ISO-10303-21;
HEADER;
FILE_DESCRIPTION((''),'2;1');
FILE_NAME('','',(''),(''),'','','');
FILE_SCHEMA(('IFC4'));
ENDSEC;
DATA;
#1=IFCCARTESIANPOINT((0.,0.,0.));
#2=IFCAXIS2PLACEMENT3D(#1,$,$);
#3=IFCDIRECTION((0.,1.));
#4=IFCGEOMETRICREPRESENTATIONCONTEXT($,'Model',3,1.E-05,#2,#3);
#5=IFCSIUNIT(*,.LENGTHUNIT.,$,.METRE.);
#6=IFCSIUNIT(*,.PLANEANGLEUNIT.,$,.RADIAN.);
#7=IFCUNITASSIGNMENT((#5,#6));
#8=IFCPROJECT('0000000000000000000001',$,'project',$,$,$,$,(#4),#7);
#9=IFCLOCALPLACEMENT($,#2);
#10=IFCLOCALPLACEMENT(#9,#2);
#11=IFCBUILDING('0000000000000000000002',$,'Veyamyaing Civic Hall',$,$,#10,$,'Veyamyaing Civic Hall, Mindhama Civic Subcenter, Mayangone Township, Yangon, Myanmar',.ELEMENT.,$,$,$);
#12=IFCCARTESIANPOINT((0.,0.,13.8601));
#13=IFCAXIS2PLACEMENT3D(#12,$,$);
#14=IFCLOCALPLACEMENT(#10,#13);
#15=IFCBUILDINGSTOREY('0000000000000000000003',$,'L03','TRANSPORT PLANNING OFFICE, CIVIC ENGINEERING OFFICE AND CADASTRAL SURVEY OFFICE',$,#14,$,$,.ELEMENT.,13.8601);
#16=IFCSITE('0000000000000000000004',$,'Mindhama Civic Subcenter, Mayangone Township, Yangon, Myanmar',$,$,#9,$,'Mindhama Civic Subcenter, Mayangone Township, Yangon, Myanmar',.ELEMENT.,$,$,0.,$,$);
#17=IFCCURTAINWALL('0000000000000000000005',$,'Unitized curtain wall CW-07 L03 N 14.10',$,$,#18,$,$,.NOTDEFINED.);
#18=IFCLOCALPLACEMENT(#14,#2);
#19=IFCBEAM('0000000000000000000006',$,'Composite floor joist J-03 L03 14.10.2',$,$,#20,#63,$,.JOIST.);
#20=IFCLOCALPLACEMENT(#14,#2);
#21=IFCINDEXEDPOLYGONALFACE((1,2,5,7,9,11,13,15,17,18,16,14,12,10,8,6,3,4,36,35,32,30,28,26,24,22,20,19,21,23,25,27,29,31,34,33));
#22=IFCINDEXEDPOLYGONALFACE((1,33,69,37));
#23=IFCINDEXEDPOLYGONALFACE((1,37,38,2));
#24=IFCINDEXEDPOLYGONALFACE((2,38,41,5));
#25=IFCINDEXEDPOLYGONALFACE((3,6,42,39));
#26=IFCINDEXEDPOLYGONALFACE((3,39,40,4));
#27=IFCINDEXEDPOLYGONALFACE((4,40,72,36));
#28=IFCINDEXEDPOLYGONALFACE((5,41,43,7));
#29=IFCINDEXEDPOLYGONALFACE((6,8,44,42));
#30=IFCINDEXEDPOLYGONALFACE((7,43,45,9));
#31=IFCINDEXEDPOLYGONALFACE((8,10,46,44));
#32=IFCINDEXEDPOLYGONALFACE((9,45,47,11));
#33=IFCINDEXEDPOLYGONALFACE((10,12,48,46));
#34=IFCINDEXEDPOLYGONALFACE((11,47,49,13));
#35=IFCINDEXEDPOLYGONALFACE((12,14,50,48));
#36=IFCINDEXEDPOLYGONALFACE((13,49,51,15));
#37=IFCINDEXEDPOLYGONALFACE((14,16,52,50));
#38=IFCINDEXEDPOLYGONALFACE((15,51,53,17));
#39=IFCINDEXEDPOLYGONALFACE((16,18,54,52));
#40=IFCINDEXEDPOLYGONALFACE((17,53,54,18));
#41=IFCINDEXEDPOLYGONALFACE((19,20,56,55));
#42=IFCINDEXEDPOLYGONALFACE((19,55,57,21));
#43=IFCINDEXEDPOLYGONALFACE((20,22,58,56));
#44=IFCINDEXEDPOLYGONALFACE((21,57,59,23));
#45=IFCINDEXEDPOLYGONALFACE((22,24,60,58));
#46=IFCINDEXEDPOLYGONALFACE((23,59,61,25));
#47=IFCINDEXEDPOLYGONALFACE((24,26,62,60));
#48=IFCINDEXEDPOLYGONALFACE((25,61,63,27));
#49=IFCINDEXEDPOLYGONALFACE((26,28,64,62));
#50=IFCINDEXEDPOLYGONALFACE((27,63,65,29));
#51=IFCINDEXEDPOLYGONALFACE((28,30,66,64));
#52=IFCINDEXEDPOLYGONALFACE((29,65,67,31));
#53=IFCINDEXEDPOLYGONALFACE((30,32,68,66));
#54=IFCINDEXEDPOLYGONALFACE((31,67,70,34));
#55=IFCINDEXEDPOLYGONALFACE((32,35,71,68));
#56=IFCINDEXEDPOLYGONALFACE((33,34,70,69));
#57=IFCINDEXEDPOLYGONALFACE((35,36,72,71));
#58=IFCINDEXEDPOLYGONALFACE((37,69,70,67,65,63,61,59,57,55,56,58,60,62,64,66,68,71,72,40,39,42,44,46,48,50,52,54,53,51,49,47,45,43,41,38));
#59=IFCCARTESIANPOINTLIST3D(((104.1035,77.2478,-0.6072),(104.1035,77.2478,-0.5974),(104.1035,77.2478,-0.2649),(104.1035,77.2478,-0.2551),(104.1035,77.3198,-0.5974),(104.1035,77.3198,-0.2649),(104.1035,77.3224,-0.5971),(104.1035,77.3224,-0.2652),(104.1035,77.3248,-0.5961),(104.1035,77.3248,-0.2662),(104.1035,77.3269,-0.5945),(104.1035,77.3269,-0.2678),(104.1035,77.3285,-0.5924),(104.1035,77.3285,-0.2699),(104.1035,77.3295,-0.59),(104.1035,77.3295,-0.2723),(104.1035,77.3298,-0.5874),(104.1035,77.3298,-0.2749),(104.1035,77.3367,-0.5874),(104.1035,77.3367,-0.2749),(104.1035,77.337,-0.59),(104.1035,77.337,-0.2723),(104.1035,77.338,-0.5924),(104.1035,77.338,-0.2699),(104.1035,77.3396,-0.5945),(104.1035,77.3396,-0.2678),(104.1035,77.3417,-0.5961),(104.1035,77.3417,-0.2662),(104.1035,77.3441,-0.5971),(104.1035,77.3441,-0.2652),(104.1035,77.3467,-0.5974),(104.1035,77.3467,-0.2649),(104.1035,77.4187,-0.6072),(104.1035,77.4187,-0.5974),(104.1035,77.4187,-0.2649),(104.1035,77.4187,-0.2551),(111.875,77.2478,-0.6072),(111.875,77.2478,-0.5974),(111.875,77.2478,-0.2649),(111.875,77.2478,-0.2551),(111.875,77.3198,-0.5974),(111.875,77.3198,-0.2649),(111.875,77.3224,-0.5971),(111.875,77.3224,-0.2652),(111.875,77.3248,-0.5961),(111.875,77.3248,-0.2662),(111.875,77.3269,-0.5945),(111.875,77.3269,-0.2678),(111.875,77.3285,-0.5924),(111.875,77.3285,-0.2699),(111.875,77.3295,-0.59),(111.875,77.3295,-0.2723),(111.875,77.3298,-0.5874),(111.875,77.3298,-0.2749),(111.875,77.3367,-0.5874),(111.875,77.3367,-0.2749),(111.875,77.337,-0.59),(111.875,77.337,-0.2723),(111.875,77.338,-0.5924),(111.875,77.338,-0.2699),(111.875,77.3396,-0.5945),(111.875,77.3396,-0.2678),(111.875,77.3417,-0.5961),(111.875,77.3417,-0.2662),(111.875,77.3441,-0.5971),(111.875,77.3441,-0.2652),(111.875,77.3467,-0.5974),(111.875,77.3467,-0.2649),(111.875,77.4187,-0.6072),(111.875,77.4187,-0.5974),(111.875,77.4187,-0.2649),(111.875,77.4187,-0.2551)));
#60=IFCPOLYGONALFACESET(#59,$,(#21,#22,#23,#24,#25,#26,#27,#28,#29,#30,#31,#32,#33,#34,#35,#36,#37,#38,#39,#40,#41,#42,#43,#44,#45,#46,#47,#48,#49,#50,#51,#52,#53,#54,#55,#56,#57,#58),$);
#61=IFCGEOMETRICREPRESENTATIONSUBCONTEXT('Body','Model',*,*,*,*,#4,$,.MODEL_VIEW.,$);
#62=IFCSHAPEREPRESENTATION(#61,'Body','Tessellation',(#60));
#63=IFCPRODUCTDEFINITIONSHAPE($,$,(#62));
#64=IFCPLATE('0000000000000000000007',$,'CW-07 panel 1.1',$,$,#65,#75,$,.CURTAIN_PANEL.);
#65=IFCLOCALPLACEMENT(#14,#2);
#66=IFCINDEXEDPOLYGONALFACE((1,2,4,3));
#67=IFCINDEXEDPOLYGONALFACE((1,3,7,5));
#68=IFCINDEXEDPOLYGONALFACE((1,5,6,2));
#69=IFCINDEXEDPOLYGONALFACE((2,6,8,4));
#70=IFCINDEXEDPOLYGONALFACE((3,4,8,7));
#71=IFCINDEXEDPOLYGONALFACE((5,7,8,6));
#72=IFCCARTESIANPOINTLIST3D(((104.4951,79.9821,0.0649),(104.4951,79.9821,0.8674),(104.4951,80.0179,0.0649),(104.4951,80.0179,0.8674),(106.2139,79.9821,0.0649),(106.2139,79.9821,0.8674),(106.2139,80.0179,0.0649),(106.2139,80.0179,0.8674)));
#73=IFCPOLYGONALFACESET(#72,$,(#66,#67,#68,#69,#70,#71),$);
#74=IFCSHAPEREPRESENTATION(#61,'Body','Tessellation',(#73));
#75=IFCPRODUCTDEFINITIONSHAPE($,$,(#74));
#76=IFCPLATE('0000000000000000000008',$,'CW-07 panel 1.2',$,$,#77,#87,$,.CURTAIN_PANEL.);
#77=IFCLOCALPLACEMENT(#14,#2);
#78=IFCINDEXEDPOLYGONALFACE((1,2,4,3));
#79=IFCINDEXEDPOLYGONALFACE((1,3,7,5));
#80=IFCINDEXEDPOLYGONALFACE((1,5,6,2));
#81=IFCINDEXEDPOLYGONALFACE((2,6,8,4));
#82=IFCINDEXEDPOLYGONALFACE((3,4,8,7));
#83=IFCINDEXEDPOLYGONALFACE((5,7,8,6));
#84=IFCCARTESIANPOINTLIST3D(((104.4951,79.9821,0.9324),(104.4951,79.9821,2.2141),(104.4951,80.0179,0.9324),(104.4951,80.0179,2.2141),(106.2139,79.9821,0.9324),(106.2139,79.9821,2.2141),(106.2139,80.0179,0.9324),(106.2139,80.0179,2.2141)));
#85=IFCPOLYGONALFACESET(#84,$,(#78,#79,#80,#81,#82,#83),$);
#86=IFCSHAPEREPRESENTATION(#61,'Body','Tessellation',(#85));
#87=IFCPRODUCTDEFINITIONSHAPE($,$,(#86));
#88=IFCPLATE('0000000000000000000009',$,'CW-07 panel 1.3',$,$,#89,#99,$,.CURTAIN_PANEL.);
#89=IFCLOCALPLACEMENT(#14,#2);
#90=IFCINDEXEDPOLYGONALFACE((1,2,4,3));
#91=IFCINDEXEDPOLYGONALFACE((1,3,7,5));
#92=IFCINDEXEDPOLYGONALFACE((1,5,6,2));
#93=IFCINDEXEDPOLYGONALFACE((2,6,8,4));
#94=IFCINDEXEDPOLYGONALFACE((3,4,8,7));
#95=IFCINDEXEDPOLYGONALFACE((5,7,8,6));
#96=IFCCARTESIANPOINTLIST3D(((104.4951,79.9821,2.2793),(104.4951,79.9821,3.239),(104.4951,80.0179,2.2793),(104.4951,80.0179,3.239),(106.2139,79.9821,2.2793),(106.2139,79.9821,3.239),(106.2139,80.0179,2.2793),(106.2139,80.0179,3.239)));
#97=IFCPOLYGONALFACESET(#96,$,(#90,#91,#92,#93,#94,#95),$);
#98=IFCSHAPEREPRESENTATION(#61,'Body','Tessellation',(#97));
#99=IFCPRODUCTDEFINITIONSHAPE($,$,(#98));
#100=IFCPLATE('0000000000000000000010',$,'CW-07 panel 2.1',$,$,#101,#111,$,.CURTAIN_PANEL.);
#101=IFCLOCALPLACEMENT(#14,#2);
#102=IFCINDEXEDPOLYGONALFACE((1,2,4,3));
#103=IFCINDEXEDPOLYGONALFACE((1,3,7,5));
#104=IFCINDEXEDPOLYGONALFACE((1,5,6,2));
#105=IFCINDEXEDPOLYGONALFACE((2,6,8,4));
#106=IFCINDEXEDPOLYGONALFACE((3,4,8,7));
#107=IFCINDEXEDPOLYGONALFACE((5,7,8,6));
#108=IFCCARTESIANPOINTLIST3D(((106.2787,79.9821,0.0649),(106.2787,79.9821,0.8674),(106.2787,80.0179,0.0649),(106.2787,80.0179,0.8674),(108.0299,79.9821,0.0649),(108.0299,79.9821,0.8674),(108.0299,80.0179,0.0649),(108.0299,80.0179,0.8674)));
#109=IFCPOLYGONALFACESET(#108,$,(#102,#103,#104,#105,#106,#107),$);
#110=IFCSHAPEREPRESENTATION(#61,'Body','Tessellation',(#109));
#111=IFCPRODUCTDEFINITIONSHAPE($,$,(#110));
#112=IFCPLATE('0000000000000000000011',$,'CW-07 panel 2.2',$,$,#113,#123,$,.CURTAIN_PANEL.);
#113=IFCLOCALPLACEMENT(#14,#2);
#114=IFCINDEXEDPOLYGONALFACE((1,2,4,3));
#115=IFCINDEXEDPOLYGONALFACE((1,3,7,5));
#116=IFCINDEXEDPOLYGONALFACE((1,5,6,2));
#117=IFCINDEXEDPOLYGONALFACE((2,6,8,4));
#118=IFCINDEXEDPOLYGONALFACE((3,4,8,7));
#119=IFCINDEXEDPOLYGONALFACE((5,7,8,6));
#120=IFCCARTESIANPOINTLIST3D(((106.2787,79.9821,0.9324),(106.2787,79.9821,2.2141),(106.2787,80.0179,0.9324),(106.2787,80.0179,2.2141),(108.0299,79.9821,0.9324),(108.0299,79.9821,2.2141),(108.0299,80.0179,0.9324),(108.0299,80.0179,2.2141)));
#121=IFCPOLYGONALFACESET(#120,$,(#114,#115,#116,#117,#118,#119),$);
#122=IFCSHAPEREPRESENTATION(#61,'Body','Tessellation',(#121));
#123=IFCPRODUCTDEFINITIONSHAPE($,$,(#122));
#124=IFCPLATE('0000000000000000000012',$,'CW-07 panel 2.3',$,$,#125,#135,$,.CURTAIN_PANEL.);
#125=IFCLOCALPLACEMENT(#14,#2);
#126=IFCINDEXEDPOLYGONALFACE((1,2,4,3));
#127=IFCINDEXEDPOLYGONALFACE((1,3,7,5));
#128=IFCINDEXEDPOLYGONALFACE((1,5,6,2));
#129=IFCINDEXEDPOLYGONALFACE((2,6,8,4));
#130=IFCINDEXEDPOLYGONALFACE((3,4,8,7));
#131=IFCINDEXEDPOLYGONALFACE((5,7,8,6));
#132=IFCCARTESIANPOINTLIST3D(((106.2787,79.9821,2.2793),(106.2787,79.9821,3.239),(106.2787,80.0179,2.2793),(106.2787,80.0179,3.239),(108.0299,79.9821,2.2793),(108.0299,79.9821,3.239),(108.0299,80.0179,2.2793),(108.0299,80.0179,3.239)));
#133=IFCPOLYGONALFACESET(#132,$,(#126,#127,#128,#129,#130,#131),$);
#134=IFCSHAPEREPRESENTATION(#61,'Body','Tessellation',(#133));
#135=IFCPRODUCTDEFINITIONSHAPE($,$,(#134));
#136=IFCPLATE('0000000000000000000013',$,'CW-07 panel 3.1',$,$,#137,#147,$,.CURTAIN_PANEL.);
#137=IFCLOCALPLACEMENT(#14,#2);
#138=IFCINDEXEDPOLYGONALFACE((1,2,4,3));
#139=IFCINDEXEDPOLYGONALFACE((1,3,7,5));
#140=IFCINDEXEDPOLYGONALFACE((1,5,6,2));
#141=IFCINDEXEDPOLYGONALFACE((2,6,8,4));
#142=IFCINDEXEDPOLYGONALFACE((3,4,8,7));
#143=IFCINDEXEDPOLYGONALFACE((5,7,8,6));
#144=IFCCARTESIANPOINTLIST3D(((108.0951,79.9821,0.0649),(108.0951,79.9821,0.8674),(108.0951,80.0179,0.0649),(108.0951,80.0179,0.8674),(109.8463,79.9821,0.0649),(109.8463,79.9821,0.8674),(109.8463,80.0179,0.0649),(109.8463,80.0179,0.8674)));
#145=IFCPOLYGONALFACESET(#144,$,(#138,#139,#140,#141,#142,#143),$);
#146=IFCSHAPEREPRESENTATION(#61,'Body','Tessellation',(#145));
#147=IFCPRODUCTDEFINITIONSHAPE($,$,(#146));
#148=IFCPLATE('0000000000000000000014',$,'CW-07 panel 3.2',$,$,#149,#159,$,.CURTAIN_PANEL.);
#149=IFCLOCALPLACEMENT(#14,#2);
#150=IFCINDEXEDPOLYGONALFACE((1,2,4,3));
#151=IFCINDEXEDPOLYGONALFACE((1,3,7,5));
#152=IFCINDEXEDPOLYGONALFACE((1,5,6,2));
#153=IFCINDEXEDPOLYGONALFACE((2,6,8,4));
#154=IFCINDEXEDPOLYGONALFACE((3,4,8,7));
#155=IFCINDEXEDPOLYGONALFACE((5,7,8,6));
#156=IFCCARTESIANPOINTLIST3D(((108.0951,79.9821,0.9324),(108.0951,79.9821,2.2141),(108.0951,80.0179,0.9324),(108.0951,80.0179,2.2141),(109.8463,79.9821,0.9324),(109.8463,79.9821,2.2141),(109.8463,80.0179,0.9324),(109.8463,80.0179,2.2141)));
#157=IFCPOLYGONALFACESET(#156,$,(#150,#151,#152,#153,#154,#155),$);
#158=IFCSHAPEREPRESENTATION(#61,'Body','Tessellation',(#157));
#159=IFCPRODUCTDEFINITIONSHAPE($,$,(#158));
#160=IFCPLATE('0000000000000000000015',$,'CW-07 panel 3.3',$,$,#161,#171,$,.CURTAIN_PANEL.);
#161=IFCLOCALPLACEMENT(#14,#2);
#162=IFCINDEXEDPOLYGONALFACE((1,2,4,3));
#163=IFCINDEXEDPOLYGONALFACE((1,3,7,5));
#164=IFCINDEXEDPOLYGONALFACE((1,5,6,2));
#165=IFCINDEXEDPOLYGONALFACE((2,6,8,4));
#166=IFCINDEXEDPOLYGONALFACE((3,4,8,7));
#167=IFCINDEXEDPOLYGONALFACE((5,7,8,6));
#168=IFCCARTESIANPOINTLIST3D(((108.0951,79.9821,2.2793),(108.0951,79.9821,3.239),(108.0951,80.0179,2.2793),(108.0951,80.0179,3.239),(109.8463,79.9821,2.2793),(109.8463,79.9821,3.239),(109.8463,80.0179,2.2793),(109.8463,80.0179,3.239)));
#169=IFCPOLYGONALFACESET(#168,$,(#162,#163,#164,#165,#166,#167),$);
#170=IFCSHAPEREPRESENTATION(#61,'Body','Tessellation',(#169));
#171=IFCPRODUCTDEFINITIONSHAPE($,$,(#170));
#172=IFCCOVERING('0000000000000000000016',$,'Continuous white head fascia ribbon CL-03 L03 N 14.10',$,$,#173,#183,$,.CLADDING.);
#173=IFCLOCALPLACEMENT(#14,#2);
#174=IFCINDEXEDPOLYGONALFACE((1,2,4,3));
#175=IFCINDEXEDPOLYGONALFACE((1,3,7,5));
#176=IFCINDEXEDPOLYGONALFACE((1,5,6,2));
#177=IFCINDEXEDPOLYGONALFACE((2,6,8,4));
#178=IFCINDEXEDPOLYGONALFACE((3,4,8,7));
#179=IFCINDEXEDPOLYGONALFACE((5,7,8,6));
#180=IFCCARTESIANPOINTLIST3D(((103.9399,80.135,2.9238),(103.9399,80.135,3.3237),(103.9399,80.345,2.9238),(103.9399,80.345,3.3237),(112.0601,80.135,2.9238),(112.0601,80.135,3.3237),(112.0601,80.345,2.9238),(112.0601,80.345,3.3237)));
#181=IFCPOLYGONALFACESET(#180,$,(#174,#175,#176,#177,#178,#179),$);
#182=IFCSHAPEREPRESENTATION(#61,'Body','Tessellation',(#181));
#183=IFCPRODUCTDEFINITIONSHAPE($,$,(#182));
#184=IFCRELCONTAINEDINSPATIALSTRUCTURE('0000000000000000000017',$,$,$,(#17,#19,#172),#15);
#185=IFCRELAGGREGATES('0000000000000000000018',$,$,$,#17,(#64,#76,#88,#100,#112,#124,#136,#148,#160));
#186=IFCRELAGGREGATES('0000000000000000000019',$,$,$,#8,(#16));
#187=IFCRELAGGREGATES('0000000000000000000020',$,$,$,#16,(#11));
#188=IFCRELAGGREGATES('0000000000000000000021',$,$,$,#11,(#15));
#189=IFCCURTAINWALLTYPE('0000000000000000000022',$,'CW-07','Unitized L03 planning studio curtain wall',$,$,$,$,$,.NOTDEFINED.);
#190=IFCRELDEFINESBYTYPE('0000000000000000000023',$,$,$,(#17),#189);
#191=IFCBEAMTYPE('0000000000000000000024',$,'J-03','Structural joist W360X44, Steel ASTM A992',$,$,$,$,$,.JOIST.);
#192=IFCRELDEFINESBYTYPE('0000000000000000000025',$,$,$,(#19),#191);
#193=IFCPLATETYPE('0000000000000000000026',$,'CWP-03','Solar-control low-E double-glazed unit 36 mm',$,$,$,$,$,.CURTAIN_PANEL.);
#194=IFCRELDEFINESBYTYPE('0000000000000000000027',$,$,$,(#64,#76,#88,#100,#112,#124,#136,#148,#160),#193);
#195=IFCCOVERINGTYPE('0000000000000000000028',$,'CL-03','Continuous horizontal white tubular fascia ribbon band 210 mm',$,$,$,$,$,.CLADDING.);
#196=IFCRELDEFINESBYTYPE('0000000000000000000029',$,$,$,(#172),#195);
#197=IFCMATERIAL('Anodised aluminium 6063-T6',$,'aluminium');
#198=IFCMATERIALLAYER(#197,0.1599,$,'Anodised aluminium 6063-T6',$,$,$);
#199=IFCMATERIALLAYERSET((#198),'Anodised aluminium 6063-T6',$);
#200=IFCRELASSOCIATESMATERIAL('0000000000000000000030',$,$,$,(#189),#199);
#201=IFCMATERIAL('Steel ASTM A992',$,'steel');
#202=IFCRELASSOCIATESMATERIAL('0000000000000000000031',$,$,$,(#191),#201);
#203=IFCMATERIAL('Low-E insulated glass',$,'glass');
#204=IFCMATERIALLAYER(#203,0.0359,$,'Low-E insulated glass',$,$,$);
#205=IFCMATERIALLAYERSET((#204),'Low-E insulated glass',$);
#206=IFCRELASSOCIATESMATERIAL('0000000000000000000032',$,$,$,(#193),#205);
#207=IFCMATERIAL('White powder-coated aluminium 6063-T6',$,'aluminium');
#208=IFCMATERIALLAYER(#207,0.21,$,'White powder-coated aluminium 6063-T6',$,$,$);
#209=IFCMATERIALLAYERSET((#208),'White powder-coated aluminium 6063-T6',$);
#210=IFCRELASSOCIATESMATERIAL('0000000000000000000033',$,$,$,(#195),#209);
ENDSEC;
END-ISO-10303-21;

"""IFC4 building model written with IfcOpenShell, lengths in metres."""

from ifc_helpers import new_model, si_unit, direction, frame, origin, origin_2d, place, context, subcontext, project, spatial, rectangle, i_section, extrude, material, layer, layer_set, material_profile, profile_set, type_object, element, aggregate, save


model = new_model("IFC4")

# Units and contexts
model_context = context("Model", 3, precision=1e-05, world=origin(), true_north=direction((0.0, 1.0)))
body_context = subcontext(model_context, "Body", "Model", "MODEL_VIEW")
ifc_project = project(units=[si_unit("LENGTHUNIT", "METRE"), si_unit("PLANEANGLEUNIT", "RADIAN")], contexts=[model_context])

# Site, building, storey
site_placement = place(None, origin())
site = spatial("IfcSite", under=ifc_project, at=site_placement, Name="Mindhama Civic Subcenter, Mayangone Township, Yangon, Myanmar", LongName="Mindhama Civic Subcenter, Mayangone Township, Yangon, Myanmar", CompositionType="ELEMENT", RefElevation=0.0)
building_placement = place(site_placement, origin())
building = spatial("IfcBuilding", under=site, at=building_placement, Name="Veyamyaing Civic Hall", LongName="Veyamyaing Civic Hall, Mindhama Civic Subcenter, Mayangone Township, Yangon, Myanmar", CompositionType="ELEMENT")
storey_placement = place(building_placement, frame((0.0, 0.0, 13.8601)))
storey = spatial("IfcBuildingStorey", under=building, at=storey_placement, Name="L03", Description="TRANSPORT PLANNING OFFICE, CIVIC ENGINEERING OFFICE AND CADASTRAL SURVEY OFFICE", CompositionType="ELEMENT", Elevation=13.8601)

# Shared definitions
ifc_material_1 = material(Name="Steel ASTM A992", Category="steel")

# Curtain wall
ifc_material_2 = material(Name="Anodised aluminium 6063-T6", Category="aluminium")
ifc_layer_1 = layer(ifc_material_2, 0.1599, Name="Anodised aluminium 6063-T6")
ifc_layer_set_1 = layer_set([ifc_layer_1], Name="Anodised aluminium 6063-T6")
curtain_wall_type = type_object("IfcCurtainWallType", Name="CW-07", Description="Unitized L03 planning studio curtain wall", PredefinedType="NOTDEFINED", material=ifc_layer_set_1)
curtain_wall_placement = place(storey_placement, origin())
curtain_wall = element("IfcCurtainWall", 1, at=curtain_wall_placement, inside=storey, type_object=curtain_wall_type, Name="Unitized curtain wall CW-07 L03 N 14.10", PredefinedType="NOTDEFINED")

# Beam
ifc_material_profile_1 = material_profile(ifc_material_1, i_section(OverallWidth=0.1709, OverallDepth=0.3521, WebThickness=0.0068, FlangeThickness=0.0098, FilletRadius=0.01, at=origin_2d()), Name="W360X44")
ifc_profile_set_1 = profile_set([ifc_material_profile_1], Name="Steel ASTM A992")
beam_type_1 = type_object("IfcBeamType", Name="J-03", Description="Structural joist W360X44, Steel ASTM A992", PredefinedType="JOIST", material=ifc_profile_set_1)
for number, where, z_axis, x_axis, name in (
    (2, (104.1035, 77.3333, -0.4312), (1.0, 0.0, 0.0), (0.0, 1.0, 0.0), "Composite floor joist J-03 L03 14.10.2"),
):
    element("IfcBeam", number, at=place(storey_placement, frame(where, z_axis=z_axis, x_axis=x_axis)), inside=storey, type_object=beam_type_1, Name=name, PredefinedType="JOIST", context=body_context, shape_type="SweptSolid", body=[
        extrude(i_section(OverallWidth=0.1709, OverallDepth=0.3521, WebThickness=0.0068, FlangeThickness=0.0098, FilletRadius=0.01, at=origin_2d()), origin(), (0.0, 0.0, 1.0), 7.7715),
    ])

# Plates
ifc_material_3 = material(Name="Low-E insulated glass", Category="glass")
ifc_layer_2 = layer(ifc_material_3, 0.0359, Name="Low-E insulated glass")
ifc_layer_set_2 = layer_set([ifc_layer_2], Name="Low-E insulated glass")
plate_type = type_object("IfcPlateType", Name="CWP-03", Description="Solar-control low-E double-glazed unit 36 mm", PredefinedType="CURTAIN_PANEL", material=ifc_layer_set_2)
plate_1_placement = place(storey_placement, frame((105.3545, 80.0, 0.0649), z_axis=(0.0, 0.0, 1.0), x_axis=(1.0, 0.0, 0.0)))
plate_1 = element("IfcPlate", 3, at=plate_1_placement, type_object=plate_type, Name="CW-07 panel 1.1", PredefinedType="CURTAIN_PANEL", context=body_context, shape_type="SweptSolid", body=[
    extrude(rectangle(XDim=1.7188, YDim=0.0359, at=origin_2d()), origin(), (0.0, 0.0, 1.0), 0.8025),
])
plate_2_placement = place(storey_placement, frame((105.3545, 80.0, 0.9324), z_axis=(0.0, 0.0, 1.0), x_axis=(1.0, 0.0, 0.0)))
plate_2 = element("IfcPlate", 4, at=plate_2_placement, type_object=plate_type, Name="CW-07 panel 1.2", PredefinedType="CURTAIN_PANEL", context=body_context, shape_type="SweptSolid", body=[
    extrude(rectangle(XDim=1.7188, YDim=0.0359, at=origin_2d()), origin(), (0.0, 0.0, 1.0), 1.2817),
])
plate_3_placement = place(storey_placement, frame((105.3545, 80.0, 2.2793), z_axis=(0.0, 0.0, 1.0), x_axis=(1.0, 0.0, 0.0)))
plate_3 = element("IfcPlate", 5, at=plate_3_placement, type_object=plate_type, Name="CW-07 panel 1.3", PredefinedType="CURTAIN_PANEL", context=body_context, shape_type="SweptSolid", body=[
    extrude(rectangle(XDim=1.7188, YDim=0.0359, at=origin_2d()), origin(), (0.0, 0.0, 1.0), 0.9597),
])
plate_4_placement = place(storey_placement, frame((107.1543, 80.0, 0.0649), z_axis=(0.0, 0.0, 1.0), x_axis=(1.0, 0.0, 0.0)))
plate_4 = element("IfcPlate", 6, at=plate_4_placement, type_object=plate_type, Name="CW-07 panel 2.1", PredefinedType="CURTAIN_PANEL", context=body_context, shape_type="SweptSolid", body=[
    extrude(rectangle(XDim=1.7512, YDim=0.0359, at=origin_2d()), origin(), (0.0, 0.0, 1.0), 0.8025),
])
plate_5_placement = place(storey_placement, frame((107.1543, 80.0, 0.9324), z_axis=(0.0, 0.0, 1.0), x_axis=(1.0, 0.0, 0.0)))
plate_5 = element("IfcPlate", 7, at=plate_5_placement, type_object=plate_type, Name="CW-07 panel 2.2", PredefinedType="CURTAIN_PANEL", context=body_context, shape_type="SweptSolid", body=[
    extrude(rectangle(XDim=1.7512, YDim=0.0359, at=origin_2d()), origin(), (0.0, 0.0, 1.0), 1.2817),
])
plate_6_placement = place(storey_placement, frame((107.1543, 80.0, 2.2793), z_axis=(0.0, 0.0, 1.0), x_axis=(1.0, 0.0, 0.0)))
plate_6 = element("IfcPlate", 8, at=plate_6_placement, type_object=plate_type, Name="CW-07 panel 2.3", PredefinedType="CURTAIN_PANEL", context=body_context, shape_type="SweptSolid", body=[
    extrude(rectangle(XDim=1.7512, YDim=0.0359, at=origin_2d()), origin(), (0.0, 0.0, 1.0), 0.9597),
])
plate_7_placement = place(storey_placement, frame((108.9707, 80.0, 0.0649), z_axis=(0.0, 0.0, 1.0), x_axis=(1.0, 0.0, 0.0)))
plate_7 = element("IfcPlate", 9, at=plate_7_placement, type_object=plate_type, Name="CW-07 panel 3.1", PredefinedType="CURTAIN_PANEL", context=body_context, shape_type="SweptSolid", body=[
    extrude(rectangle(XDim=1.7512, YDim=0.0359, at=origin_2d()), origin(), (0.0, 0.0, 1.0), 0.8025),
])
plate_8_placement = place(storey_placement, frame((108.9707, 80.0, 0.9324), z_axis=(0.0, 0.0, 1.0), x_axis=(1.0, 0.0, 0.0)))
plate_8 = element("IfcPlate", 10, at=plate_8_placement, type_object=plate_type, Name="CW-07 panel 3.2", PredefinedType="CURTAIN_PANEL", context=body_context, shape_type="SweptSolid", body=[
    extrude(rectangle(XDim=1.7512, YDim=0.0359, at=origin_2d()), origin(), (0.0, 0.0, 1.0), 1.2817),
])
plate_9_placement = place(storey_placement, frame((108.9707, 80.0, 2.2793), z_axis=(0.0, 0.0, 1.0), x_axis=(1.0, 0.0, 0.0)))
plate_9 = element("IfcPlate", 11, at=plate_9_placement, type_object=plate_type, Name="CW-07 panel 3.3", PredefinedType="CURTAIN_PANEL", context=body_context, shape_type="SweptSolid", body=[
    extrude(rectangle(XDim=1.7512, YDim=0.0359, at=origin_2d()), origin(), (0.0, 0.0, 1.0), 0.9597),
])
aggregate(curtain_wall, [plate_1, plate_2, plate_3, plate_4, plate_5, plate_6, plate_7, plate_8, plate_9])

# Covering
ifc_material_4 = material(Name="White powder-coated aluminium 6063-T6", Category="aluminium")
ifc_layer_3 = layer(ifc_material_4, 0.21, Name="White powder-coated aluminium 6063-T6")
ifc_layer_set_3 = layer_set([ifc_layer_3], Name="White powder-coated aluminium 6063-T6")
covering_type = type_object("IfcCoveringType", Name="CL-03", Description="Continuous horizontal white tubular fascia ribbon band 210 mm", PredefinedType="CLADDING", material=ifc_layer_set_3)
covering_placement = place(storey_placement, frame((108.0, 80.24, 2.9238), z_axis=(0.0, 0.0, 1.0), x_axis=(1.0, 0.0, 0.0)))
element("IfcCovering", 12, at=covering_placement, inside=storey, type_object=covering_type, Name="Continuous white head fascia ribbon CL-03 L03 N 14.10", PredefinedType="CLADDING", context=body_context, shape_type="SweptSolid", body=[
    extrude(rectangle(XDim=8.1201, YDim=0.21, at=origin_2d()), origin(), (0.0, 0.0, 1.0), 0.3999),
])

save(model, "model.ifc")
